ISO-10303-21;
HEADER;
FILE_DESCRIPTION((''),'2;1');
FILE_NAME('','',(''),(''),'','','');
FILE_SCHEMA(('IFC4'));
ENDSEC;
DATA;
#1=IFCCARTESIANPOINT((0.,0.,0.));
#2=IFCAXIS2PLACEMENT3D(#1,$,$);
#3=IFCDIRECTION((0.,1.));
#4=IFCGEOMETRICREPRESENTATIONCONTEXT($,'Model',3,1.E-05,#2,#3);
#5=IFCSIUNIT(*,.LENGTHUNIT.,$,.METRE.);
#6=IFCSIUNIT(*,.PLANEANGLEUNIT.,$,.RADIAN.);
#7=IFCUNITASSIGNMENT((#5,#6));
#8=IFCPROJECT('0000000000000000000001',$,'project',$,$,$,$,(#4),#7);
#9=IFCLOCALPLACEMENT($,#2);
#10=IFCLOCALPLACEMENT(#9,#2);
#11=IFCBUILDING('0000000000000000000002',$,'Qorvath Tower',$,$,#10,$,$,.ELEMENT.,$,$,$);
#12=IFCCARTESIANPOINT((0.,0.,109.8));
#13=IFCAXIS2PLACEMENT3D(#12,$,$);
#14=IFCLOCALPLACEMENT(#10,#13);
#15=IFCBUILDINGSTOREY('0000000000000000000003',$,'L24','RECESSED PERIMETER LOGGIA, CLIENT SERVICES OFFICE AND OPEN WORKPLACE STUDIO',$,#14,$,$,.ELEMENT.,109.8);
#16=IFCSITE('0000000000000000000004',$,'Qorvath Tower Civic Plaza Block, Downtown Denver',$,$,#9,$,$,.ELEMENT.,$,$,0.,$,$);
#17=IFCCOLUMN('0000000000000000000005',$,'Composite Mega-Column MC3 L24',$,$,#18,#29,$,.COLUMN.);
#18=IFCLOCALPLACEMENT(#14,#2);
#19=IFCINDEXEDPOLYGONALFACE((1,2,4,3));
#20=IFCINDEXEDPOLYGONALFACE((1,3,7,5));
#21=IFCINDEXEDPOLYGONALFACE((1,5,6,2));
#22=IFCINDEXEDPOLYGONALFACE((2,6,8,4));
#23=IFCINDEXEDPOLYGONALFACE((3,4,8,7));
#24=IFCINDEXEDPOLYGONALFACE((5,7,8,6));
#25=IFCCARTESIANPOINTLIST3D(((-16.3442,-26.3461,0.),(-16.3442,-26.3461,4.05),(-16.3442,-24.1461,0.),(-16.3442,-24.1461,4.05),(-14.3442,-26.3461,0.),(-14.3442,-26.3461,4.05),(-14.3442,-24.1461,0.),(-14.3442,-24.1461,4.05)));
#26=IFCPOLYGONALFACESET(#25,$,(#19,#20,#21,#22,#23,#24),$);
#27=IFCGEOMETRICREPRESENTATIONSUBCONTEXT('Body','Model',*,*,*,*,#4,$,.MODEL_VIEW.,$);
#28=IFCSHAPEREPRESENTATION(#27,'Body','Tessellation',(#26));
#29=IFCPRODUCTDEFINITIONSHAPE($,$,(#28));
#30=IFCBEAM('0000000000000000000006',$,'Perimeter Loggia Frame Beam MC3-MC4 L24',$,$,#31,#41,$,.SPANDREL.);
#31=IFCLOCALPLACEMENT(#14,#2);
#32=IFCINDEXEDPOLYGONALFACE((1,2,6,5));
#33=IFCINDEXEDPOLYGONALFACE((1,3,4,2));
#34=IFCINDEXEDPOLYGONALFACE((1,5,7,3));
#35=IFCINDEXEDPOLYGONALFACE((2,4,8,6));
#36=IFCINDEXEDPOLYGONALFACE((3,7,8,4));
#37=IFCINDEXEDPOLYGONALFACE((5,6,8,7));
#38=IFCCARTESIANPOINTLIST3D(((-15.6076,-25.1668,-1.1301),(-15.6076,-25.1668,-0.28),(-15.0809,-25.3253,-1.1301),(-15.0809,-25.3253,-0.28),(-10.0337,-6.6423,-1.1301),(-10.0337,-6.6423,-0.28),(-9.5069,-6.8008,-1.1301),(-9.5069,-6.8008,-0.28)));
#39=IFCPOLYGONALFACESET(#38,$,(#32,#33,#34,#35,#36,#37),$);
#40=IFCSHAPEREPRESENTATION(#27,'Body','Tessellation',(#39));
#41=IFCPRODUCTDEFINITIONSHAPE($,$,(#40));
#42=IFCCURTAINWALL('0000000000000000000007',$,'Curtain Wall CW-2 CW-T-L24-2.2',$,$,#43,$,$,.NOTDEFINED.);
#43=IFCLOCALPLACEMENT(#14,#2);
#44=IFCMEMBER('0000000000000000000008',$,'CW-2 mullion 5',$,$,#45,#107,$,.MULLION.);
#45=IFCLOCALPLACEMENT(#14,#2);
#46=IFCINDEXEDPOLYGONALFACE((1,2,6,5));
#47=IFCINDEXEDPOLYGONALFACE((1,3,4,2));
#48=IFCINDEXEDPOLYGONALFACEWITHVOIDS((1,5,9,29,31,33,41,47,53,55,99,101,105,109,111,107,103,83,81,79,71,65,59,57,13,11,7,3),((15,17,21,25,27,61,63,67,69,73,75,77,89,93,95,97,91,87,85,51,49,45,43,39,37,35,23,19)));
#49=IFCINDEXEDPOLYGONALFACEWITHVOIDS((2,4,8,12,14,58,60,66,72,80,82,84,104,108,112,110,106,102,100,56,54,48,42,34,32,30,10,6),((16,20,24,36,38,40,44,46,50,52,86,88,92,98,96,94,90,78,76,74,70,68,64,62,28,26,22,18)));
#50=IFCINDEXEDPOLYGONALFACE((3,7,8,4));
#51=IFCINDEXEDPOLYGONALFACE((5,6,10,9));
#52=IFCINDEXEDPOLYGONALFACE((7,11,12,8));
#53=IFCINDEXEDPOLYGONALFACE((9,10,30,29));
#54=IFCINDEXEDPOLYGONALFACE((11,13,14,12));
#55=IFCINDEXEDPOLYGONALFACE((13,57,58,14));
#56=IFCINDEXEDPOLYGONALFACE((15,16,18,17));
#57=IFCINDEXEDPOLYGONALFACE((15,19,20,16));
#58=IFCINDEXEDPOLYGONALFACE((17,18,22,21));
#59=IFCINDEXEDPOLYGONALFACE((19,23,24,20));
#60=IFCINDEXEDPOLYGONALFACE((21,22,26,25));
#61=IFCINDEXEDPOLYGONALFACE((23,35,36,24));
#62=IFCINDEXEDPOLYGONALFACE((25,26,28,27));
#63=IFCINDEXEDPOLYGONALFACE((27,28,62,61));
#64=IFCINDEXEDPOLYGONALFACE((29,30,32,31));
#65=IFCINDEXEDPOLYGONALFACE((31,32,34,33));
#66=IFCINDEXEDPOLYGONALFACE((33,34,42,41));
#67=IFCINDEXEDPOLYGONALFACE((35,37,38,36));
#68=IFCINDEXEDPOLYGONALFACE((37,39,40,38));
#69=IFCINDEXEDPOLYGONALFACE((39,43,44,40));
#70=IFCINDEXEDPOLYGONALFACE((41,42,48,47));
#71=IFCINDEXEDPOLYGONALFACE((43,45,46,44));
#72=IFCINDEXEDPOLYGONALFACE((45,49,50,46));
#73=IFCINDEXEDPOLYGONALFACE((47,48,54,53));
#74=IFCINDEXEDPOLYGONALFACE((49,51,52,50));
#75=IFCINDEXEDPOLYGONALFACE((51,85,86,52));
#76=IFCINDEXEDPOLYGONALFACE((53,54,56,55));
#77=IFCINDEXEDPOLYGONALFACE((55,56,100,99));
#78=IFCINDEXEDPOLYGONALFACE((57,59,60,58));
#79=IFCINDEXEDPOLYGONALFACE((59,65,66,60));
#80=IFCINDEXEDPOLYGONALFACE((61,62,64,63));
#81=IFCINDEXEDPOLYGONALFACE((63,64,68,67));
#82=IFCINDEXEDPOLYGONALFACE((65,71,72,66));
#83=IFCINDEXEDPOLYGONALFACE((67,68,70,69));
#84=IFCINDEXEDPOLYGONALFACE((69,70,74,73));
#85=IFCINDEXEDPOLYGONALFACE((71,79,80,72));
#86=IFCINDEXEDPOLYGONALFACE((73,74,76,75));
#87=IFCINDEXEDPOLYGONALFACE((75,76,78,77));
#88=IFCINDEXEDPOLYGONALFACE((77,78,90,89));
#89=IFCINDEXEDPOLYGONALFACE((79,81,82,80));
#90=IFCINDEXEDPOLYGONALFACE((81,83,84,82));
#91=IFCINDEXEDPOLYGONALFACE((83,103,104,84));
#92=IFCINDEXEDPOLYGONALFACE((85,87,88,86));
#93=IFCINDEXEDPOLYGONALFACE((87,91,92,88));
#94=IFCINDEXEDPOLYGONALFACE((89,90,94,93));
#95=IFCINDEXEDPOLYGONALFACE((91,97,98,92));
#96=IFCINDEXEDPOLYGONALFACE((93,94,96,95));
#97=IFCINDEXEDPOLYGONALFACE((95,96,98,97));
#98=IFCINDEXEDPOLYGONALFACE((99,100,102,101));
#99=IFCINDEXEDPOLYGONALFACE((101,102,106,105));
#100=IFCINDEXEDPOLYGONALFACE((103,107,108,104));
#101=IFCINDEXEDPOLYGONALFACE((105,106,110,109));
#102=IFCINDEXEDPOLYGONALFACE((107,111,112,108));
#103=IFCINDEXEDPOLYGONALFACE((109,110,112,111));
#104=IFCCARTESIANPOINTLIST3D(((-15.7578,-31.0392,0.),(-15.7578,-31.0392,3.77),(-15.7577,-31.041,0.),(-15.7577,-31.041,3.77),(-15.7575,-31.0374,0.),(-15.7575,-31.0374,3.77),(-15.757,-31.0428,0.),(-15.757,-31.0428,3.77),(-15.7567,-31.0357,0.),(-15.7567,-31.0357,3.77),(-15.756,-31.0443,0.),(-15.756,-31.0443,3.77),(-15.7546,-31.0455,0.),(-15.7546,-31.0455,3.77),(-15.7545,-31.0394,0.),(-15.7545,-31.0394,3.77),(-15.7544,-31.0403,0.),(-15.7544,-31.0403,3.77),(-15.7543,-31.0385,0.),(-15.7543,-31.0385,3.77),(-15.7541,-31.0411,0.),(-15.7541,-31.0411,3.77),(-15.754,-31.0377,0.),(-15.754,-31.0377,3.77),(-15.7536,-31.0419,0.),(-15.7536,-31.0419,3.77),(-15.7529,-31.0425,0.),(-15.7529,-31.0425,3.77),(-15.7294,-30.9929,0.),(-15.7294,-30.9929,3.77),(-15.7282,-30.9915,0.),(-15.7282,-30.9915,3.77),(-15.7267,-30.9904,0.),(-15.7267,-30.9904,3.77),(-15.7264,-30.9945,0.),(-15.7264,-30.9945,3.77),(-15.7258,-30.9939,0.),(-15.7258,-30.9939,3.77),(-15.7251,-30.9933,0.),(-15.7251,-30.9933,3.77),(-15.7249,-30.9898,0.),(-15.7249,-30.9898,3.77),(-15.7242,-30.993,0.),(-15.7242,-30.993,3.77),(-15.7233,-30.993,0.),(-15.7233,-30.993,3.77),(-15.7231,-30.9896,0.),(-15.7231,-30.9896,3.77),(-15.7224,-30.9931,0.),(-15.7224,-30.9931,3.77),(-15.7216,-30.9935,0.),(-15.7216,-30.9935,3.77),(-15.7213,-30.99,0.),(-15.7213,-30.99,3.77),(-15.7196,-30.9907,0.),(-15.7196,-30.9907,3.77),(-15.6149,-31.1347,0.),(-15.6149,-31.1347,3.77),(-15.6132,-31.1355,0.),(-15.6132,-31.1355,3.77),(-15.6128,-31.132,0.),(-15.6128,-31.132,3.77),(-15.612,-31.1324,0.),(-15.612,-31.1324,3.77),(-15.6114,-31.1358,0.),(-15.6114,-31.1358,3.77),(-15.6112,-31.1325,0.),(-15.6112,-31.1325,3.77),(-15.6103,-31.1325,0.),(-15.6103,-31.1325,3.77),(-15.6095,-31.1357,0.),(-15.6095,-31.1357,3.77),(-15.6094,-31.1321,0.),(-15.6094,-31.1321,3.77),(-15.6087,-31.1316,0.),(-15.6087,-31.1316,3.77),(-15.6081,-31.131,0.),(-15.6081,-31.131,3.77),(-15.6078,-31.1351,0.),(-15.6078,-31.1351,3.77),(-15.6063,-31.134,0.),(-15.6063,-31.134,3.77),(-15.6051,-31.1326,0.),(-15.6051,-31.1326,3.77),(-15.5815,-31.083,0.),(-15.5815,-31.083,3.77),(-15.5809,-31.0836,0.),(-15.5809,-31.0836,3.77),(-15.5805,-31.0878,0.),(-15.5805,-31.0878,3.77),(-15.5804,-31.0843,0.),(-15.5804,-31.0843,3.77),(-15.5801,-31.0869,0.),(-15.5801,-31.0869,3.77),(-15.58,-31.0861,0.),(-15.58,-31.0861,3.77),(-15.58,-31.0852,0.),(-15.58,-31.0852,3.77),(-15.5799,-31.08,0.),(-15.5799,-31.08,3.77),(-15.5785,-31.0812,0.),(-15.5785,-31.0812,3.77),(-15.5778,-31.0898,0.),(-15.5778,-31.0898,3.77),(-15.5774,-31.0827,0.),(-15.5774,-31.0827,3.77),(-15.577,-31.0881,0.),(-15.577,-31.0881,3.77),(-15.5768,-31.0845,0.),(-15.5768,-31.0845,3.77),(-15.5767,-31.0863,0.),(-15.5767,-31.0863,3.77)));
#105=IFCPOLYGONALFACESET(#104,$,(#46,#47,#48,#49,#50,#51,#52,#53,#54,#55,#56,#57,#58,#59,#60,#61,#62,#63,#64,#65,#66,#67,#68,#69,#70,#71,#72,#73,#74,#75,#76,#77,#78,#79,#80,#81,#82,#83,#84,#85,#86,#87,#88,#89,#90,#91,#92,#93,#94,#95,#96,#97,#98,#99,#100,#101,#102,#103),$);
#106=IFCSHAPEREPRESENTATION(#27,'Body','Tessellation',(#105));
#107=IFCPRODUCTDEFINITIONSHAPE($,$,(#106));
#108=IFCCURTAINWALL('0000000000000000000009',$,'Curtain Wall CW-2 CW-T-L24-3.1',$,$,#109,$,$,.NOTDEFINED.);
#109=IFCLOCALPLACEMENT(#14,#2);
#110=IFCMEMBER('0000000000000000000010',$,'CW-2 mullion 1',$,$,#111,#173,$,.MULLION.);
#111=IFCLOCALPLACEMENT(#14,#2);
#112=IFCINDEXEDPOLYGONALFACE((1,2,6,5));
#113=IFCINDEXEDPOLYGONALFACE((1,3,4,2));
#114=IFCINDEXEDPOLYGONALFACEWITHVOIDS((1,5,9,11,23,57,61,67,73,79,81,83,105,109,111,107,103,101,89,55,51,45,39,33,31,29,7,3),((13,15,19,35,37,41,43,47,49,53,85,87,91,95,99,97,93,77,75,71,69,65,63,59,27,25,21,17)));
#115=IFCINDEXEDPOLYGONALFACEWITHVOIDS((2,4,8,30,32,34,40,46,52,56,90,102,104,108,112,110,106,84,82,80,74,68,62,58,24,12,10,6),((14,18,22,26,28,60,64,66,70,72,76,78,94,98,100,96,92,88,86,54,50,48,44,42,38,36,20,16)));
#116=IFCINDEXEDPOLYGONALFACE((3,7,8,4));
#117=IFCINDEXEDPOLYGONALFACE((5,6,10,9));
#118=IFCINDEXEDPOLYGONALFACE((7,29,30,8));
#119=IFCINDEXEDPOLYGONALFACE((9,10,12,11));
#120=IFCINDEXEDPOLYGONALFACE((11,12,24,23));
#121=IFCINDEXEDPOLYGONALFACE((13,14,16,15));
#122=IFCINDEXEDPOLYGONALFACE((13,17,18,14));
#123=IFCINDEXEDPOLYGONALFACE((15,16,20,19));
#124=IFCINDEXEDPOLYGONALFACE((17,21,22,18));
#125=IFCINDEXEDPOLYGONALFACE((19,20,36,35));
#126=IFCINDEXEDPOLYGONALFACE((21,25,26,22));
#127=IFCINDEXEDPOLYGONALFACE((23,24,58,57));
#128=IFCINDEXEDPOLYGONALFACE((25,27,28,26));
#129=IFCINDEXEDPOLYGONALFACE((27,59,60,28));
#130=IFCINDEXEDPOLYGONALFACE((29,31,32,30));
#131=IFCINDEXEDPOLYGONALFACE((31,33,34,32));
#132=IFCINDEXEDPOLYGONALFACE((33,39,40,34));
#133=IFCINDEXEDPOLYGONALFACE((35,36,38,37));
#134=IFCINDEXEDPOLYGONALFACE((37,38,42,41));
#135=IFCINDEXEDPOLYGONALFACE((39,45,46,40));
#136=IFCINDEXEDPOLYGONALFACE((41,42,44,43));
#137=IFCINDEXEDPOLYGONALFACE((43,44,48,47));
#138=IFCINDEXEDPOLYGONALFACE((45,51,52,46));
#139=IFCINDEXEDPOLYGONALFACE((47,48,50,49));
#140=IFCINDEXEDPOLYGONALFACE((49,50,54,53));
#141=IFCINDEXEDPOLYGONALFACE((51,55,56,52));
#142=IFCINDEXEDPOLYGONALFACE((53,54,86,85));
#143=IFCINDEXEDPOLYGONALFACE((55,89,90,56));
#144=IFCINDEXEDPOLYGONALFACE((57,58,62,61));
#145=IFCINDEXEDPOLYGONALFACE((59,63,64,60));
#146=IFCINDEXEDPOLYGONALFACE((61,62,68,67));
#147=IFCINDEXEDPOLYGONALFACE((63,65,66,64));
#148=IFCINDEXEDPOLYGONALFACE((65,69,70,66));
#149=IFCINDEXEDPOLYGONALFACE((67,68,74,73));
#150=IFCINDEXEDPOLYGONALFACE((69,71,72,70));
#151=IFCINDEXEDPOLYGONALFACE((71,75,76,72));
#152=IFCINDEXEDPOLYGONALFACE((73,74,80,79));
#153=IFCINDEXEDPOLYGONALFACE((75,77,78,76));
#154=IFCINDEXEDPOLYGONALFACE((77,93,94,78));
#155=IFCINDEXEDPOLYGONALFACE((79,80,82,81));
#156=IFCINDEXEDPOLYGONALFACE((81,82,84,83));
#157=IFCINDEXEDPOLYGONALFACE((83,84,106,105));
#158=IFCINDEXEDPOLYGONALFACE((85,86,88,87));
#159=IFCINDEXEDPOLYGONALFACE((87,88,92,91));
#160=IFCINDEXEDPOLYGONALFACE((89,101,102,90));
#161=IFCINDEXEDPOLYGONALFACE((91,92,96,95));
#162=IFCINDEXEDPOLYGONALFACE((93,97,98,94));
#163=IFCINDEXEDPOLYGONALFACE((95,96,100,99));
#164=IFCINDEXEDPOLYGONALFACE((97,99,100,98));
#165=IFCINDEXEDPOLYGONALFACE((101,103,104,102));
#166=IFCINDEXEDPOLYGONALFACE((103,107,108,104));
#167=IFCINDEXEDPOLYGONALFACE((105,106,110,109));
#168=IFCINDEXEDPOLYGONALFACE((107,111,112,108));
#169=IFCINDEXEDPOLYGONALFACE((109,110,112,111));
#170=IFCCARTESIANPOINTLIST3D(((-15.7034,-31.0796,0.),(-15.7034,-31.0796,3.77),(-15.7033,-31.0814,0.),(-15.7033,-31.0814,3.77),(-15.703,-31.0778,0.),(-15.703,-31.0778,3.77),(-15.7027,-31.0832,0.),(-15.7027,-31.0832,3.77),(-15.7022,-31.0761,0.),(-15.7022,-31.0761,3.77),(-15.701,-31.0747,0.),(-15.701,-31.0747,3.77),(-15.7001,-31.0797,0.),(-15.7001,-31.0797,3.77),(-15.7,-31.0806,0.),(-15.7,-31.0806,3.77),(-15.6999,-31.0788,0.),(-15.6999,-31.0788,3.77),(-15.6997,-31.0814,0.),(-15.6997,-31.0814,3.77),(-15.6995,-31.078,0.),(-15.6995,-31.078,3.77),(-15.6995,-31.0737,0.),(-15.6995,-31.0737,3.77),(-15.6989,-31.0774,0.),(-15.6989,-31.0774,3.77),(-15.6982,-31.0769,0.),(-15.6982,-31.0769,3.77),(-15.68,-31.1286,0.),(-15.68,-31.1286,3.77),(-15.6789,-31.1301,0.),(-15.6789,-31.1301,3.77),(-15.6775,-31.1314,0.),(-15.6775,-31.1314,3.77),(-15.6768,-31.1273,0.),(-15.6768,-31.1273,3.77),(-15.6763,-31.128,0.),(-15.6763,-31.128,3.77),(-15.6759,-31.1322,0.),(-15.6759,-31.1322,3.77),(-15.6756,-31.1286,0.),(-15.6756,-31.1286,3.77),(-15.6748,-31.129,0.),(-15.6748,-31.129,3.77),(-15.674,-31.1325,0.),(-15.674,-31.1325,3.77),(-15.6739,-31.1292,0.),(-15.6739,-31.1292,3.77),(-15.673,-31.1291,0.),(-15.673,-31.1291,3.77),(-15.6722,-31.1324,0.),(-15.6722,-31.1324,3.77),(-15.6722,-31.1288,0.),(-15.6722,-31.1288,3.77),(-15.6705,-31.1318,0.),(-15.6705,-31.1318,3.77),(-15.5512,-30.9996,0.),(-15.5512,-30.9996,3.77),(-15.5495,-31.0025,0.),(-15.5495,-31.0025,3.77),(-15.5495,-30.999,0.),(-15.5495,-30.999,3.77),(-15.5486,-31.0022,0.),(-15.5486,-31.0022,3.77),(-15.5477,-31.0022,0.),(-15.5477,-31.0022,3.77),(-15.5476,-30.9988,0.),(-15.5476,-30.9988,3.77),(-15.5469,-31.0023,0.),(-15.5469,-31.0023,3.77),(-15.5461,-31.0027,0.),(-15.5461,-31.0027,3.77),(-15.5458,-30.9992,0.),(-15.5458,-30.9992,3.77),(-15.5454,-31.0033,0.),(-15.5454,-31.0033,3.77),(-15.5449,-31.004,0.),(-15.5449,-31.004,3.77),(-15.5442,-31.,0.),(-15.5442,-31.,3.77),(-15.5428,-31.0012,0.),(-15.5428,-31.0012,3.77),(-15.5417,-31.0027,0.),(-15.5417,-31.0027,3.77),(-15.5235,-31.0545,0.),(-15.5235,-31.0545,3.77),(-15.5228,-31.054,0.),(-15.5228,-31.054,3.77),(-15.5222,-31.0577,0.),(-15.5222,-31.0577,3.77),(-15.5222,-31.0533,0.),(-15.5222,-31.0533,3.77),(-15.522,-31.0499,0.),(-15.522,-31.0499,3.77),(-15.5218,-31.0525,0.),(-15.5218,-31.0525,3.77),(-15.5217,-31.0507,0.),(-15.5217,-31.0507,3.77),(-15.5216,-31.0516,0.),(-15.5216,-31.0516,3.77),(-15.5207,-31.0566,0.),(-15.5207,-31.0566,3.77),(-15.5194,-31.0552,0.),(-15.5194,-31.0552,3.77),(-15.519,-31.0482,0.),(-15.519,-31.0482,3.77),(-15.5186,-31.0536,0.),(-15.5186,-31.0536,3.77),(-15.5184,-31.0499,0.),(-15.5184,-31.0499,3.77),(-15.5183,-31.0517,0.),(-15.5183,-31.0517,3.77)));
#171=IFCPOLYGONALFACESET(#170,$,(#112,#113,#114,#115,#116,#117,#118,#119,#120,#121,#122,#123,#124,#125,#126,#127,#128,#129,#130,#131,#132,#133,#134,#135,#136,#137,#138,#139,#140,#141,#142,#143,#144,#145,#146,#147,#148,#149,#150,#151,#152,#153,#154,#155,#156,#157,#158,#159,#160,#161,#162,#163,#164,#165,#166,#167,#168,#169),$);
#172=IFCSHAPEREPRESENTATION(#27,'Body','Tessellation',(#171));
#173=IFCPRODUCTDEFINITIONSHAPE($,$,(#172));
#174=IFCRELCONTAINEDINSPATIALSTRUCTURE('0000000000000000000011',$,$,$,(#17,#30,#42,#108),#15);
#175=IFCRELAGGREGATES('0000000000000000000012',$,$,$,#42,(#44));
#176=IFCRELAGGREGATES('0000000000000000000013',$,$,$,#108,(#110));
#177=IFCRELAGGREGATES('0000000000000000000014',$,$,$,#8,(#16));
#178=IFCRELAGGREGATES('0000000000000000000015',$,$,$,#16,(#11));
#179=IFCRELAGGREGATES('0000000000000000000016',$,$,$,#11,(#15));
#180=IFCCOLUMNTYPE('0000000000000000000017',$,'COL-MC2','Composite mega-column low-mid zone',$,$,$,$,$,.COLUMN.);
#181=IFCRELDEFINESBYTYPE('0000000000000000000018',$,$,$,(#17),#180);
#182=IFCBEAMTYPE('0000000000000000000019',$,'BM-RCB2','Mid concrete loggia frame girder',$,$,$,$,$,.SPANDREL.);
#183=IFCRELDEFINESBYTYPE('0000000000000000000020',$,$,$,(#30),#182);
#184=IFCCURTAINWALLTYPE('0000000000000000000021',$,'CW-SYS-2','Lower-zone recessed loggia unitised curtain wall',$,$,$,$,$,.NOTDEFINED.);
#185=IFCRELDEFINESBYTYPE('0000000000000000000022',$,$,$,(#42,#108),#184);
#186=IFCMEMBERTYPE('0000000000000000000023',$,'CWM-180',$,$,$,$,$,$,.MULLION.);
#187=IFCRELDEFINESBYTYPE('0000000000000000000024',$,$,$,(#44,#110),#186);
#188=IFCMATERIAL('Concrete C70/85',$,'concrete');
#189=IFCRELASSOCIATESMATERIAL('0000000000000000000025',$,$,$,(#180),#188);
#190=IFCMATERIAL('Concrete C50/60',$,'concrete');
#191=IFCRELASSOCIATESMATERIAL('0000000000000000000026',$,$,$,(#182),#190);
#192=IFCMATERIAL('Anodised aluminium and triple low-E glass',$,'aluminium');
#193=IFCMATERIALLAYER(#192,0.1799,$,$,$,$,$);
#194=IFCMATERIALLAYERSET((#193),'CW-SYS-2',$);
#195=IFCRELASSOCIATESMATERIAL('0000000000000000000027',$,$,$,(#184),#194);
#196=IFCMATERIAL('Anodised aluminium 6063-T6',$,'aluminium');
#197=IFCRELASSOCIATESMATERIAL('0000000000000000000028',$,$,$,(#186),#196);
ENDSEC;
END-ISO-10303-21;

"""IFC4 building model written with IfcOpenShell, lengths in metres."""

from ifc_helpers import new_model, si_unit, direction, frame, origin, origin_2d, place, context, subcontext, project, spatial, rectangle, hollow_rectangle, extrude, material, layer, layer_set, material_profile, profile_set, type_object, element, aggregate, save


model = new_model("IFC4")

# Units and contexts
model_context = context("Model", 3, precision=1e-05, world=origin(), true_north=direction((0.0, 1.0)))
body_context = subcontext(model_context, "Body", "Model", "MODEL_VIEW")
ifc_project = project(units=[si_unit("LENGTHUNIT", "METRE"), si_unit("PLANEANGLEUNIT", "RADIAN")], contexts=[model_context])

# Site, building, storey
site_placement = place(None, origin())
site = spatial("IfcSite", under=ifc_project, at=site_placement, Name="Qorvath Tower Civic Plaza Block, Downtown Denver", CompositionType="ELEMENT", RefElevation=0.0)
building_placement = place(site_placement, origin())
building = spatial("IfcBuilding", under=site, at=building_placement, Name="Qorvath Tower", CompositionType="ELEMENT")
storey_placement = place(building_placement, frame((0.0, 0.0, 109.8)))
storey = spatial("IfcBuildingStorey", under=building, at=storey_placement, Name="L24", Description="RECESSED PERIMETER LOGGIA, CLIENT SERVICES OFFICE AND OPEN WORKPLACE STUDIO", CompositionType="ELEMENT", Elevation=109.8)

# Column
ifc_material_1 = material(Name="Concrete C70/85", Category="concrete")
ifc_material_profile_1 = material_profile(ifc_material_1, rectangle(XDim=2.0, YDim=2.2, at=origin_2d()), Name="MC 2200x2000")
ifc_profile_set_1 = profile_set([ifc_material_profile_1], Name="Concrete C70/85")
column_type = type_object("IfcColumnType", Name="COL-MC2", Description="Composite mega-column low-mid zone", PredefinedType="COLUMN", material=ifc_profile_set_1)
column_placement = place(storey_placement, frame((-15.3442, -25.2461, 0.0), z_axis=(0.0, 0.0, 1.0), x_axis=(1.0, 0.0, 0.0)))
element("IfcColumn", 1, at=column_placement, inside=storey, type_object=column_type, Name="Composite Mega-Column MC3 L24", PredefinedType="COLUMN", context=body_context, shape_type="SweptSolid", body=[
    extrude(rectangle(XDim=2.0, YDim=2.2, at=origin_2d()), origin(), (0.0, 0.0, 1.0), 4.05),
])

# Beam
ifc_material_2 = material(Name="Concrete C50/60", Category="concrete")
ifc_material_profile_2 = material_profile(ifc_material_2, rectangle(XDim=0.55, YDim=0.8501, at=origin_2d()), Name="RCB 850x550")
ifc_profile_set_2 = profile_set([ifc_material_profile_2], Name="Concrete C50/60")
beam_type = type_object("IfcBeamType", Name="BM-RCB2", Description="Mid concrete loggia frame girder", PredefinedType="SPANDREL", material=ifc_profile_set_2)
beam_placement = place(storey_placement, frame((-15.3442, -25.2461, -0.7051), z_axis=(0.288134, 0.95759, 0.0), x_axis=(-0.95759, 0.288134, 0.0)))
element("IfcBeam", 2, at=beam_placement, inside=storey, type_object=beam_type, Name="Perimeter Loggia Frame Beam MC3-MC4 L24", PredefinedType="SPANDREL", context=body_context, shape_type="SweptSolid", body=[
    extrude(rectangle(XDim=0.55, YDim=0.8501, at=origin_2d()), origin(), (0.0, 0.0, 1.0), 19.345),
])

# Curtain wall, member
ifc_material_3 = material(Name="Anodised aluminium and triple low-E glass", Category="aluminium")
ifc_layer_1 = layer(ifc_material_3, 0.1799)
ifc_layer_set_1 = layer_set([ifc_layer_1], Name="CW-SYS-2")
curtain_wall_type = type_object("IfcCurtainWallType", Name="CW-SYS-2", Description="Lower-zone recessed loggia unitised curtain wall", PredefinedType="NOTDEFINED", material=ifc_layer_set_1)
curtain_wall_1_placement = place(storey_placement, origin())
curtain_wall_1 = element("IfcCurtainWall", 3, at=curtain_wall_1_placement, inside=storey, type_object=curtain_wall_type, Name="Curtain Wall CW-2 CW-T-L24-2.2", PredefinedType="NOTDEFINED")
ifc_material_4 = material(Name="Anodised aluminium 6063-T6", Category="aluminium")
ifc_material_profile_3 = material_profile(ifc_material_4, hollow_rectangle(XDim=0.0649, YDim=0.1799, WallThickness=0.0034, InnerFilletRadius=0.0034, OuterFilletRadius=0.0071, at=origin_2d()), Name="CWM 180x65")
ifc_profile_set_3 = profile_set([ifc_material_profile_3], Name="Anodised aluminium 6063-T6")
member_type_1 = type_object("IfcMemberType", Name="CWM-180", PredefinedType="MULLION", material=ifc_profile_set_3)
member_1_placement = place(storey_placement, frame((-15.6672, -31.0627, 0.0), z_axis=(0.0, 0.0, 1.0), x_axis=(0.538538, 0.842601, 0.0)))
member_1 = element("IfcMember", 4, at=member_1_placement, type_object=member_type_1, Name="CW-2 mullion 5", PredefinedType="MULLION", context=body_context, shape_type="SweptSolid", body=[
    extrude(hollow_rectangle(XDim=0.0649, YDim=0.1799, WallThickness=0.0034, InnerFilletRadius=0.0034, OuterFilletRadius=0.0071, at=origin_2d()), origin(), (0.0, 0.0, 1.0), 3.77),
])

# Curtain wall, member
curtain_wall_2_placement = place(storey_placement, origin())
curtain_wall_2 = element("IfcCurtainWall", 5, at=curtain_wall_2_placement, inside=storey, type_object=curtain_wall_type, Name="Curtain Wall CW-2 CW-T-L24-3.1", PredefinedType="NOTDEFINED")
member_2_placement = place(storey_placement, frame((-15.6108, -31.0657, 0.0), z_axis=(0.0, 0.0, 1.0), x_axis=(-0.447181, 0.894443, 0.0)))
member_2 = element("IfcMember", 6, at=member_2_placement, type_object=member_type_1, Name="CW-2 mullion 1", PredefinedType="MULLION", context=body_context, shape_type="SweptSolid", body=[
    extrude(hollow_rectangle(XDim=0.0649, YDim=0.1799, WallThickness=0.0034, InnerFilletRadius=0.0034, OuterFilletRadius=0.0071, at=origin_2d()), origin(), (0.0, 0.0, 1.0), 3.77),
])

aggregate(curtain_wall_1, [member_1])
aggregate(curtain_wall_2, [member_2])

save(model, "model.ifc")
